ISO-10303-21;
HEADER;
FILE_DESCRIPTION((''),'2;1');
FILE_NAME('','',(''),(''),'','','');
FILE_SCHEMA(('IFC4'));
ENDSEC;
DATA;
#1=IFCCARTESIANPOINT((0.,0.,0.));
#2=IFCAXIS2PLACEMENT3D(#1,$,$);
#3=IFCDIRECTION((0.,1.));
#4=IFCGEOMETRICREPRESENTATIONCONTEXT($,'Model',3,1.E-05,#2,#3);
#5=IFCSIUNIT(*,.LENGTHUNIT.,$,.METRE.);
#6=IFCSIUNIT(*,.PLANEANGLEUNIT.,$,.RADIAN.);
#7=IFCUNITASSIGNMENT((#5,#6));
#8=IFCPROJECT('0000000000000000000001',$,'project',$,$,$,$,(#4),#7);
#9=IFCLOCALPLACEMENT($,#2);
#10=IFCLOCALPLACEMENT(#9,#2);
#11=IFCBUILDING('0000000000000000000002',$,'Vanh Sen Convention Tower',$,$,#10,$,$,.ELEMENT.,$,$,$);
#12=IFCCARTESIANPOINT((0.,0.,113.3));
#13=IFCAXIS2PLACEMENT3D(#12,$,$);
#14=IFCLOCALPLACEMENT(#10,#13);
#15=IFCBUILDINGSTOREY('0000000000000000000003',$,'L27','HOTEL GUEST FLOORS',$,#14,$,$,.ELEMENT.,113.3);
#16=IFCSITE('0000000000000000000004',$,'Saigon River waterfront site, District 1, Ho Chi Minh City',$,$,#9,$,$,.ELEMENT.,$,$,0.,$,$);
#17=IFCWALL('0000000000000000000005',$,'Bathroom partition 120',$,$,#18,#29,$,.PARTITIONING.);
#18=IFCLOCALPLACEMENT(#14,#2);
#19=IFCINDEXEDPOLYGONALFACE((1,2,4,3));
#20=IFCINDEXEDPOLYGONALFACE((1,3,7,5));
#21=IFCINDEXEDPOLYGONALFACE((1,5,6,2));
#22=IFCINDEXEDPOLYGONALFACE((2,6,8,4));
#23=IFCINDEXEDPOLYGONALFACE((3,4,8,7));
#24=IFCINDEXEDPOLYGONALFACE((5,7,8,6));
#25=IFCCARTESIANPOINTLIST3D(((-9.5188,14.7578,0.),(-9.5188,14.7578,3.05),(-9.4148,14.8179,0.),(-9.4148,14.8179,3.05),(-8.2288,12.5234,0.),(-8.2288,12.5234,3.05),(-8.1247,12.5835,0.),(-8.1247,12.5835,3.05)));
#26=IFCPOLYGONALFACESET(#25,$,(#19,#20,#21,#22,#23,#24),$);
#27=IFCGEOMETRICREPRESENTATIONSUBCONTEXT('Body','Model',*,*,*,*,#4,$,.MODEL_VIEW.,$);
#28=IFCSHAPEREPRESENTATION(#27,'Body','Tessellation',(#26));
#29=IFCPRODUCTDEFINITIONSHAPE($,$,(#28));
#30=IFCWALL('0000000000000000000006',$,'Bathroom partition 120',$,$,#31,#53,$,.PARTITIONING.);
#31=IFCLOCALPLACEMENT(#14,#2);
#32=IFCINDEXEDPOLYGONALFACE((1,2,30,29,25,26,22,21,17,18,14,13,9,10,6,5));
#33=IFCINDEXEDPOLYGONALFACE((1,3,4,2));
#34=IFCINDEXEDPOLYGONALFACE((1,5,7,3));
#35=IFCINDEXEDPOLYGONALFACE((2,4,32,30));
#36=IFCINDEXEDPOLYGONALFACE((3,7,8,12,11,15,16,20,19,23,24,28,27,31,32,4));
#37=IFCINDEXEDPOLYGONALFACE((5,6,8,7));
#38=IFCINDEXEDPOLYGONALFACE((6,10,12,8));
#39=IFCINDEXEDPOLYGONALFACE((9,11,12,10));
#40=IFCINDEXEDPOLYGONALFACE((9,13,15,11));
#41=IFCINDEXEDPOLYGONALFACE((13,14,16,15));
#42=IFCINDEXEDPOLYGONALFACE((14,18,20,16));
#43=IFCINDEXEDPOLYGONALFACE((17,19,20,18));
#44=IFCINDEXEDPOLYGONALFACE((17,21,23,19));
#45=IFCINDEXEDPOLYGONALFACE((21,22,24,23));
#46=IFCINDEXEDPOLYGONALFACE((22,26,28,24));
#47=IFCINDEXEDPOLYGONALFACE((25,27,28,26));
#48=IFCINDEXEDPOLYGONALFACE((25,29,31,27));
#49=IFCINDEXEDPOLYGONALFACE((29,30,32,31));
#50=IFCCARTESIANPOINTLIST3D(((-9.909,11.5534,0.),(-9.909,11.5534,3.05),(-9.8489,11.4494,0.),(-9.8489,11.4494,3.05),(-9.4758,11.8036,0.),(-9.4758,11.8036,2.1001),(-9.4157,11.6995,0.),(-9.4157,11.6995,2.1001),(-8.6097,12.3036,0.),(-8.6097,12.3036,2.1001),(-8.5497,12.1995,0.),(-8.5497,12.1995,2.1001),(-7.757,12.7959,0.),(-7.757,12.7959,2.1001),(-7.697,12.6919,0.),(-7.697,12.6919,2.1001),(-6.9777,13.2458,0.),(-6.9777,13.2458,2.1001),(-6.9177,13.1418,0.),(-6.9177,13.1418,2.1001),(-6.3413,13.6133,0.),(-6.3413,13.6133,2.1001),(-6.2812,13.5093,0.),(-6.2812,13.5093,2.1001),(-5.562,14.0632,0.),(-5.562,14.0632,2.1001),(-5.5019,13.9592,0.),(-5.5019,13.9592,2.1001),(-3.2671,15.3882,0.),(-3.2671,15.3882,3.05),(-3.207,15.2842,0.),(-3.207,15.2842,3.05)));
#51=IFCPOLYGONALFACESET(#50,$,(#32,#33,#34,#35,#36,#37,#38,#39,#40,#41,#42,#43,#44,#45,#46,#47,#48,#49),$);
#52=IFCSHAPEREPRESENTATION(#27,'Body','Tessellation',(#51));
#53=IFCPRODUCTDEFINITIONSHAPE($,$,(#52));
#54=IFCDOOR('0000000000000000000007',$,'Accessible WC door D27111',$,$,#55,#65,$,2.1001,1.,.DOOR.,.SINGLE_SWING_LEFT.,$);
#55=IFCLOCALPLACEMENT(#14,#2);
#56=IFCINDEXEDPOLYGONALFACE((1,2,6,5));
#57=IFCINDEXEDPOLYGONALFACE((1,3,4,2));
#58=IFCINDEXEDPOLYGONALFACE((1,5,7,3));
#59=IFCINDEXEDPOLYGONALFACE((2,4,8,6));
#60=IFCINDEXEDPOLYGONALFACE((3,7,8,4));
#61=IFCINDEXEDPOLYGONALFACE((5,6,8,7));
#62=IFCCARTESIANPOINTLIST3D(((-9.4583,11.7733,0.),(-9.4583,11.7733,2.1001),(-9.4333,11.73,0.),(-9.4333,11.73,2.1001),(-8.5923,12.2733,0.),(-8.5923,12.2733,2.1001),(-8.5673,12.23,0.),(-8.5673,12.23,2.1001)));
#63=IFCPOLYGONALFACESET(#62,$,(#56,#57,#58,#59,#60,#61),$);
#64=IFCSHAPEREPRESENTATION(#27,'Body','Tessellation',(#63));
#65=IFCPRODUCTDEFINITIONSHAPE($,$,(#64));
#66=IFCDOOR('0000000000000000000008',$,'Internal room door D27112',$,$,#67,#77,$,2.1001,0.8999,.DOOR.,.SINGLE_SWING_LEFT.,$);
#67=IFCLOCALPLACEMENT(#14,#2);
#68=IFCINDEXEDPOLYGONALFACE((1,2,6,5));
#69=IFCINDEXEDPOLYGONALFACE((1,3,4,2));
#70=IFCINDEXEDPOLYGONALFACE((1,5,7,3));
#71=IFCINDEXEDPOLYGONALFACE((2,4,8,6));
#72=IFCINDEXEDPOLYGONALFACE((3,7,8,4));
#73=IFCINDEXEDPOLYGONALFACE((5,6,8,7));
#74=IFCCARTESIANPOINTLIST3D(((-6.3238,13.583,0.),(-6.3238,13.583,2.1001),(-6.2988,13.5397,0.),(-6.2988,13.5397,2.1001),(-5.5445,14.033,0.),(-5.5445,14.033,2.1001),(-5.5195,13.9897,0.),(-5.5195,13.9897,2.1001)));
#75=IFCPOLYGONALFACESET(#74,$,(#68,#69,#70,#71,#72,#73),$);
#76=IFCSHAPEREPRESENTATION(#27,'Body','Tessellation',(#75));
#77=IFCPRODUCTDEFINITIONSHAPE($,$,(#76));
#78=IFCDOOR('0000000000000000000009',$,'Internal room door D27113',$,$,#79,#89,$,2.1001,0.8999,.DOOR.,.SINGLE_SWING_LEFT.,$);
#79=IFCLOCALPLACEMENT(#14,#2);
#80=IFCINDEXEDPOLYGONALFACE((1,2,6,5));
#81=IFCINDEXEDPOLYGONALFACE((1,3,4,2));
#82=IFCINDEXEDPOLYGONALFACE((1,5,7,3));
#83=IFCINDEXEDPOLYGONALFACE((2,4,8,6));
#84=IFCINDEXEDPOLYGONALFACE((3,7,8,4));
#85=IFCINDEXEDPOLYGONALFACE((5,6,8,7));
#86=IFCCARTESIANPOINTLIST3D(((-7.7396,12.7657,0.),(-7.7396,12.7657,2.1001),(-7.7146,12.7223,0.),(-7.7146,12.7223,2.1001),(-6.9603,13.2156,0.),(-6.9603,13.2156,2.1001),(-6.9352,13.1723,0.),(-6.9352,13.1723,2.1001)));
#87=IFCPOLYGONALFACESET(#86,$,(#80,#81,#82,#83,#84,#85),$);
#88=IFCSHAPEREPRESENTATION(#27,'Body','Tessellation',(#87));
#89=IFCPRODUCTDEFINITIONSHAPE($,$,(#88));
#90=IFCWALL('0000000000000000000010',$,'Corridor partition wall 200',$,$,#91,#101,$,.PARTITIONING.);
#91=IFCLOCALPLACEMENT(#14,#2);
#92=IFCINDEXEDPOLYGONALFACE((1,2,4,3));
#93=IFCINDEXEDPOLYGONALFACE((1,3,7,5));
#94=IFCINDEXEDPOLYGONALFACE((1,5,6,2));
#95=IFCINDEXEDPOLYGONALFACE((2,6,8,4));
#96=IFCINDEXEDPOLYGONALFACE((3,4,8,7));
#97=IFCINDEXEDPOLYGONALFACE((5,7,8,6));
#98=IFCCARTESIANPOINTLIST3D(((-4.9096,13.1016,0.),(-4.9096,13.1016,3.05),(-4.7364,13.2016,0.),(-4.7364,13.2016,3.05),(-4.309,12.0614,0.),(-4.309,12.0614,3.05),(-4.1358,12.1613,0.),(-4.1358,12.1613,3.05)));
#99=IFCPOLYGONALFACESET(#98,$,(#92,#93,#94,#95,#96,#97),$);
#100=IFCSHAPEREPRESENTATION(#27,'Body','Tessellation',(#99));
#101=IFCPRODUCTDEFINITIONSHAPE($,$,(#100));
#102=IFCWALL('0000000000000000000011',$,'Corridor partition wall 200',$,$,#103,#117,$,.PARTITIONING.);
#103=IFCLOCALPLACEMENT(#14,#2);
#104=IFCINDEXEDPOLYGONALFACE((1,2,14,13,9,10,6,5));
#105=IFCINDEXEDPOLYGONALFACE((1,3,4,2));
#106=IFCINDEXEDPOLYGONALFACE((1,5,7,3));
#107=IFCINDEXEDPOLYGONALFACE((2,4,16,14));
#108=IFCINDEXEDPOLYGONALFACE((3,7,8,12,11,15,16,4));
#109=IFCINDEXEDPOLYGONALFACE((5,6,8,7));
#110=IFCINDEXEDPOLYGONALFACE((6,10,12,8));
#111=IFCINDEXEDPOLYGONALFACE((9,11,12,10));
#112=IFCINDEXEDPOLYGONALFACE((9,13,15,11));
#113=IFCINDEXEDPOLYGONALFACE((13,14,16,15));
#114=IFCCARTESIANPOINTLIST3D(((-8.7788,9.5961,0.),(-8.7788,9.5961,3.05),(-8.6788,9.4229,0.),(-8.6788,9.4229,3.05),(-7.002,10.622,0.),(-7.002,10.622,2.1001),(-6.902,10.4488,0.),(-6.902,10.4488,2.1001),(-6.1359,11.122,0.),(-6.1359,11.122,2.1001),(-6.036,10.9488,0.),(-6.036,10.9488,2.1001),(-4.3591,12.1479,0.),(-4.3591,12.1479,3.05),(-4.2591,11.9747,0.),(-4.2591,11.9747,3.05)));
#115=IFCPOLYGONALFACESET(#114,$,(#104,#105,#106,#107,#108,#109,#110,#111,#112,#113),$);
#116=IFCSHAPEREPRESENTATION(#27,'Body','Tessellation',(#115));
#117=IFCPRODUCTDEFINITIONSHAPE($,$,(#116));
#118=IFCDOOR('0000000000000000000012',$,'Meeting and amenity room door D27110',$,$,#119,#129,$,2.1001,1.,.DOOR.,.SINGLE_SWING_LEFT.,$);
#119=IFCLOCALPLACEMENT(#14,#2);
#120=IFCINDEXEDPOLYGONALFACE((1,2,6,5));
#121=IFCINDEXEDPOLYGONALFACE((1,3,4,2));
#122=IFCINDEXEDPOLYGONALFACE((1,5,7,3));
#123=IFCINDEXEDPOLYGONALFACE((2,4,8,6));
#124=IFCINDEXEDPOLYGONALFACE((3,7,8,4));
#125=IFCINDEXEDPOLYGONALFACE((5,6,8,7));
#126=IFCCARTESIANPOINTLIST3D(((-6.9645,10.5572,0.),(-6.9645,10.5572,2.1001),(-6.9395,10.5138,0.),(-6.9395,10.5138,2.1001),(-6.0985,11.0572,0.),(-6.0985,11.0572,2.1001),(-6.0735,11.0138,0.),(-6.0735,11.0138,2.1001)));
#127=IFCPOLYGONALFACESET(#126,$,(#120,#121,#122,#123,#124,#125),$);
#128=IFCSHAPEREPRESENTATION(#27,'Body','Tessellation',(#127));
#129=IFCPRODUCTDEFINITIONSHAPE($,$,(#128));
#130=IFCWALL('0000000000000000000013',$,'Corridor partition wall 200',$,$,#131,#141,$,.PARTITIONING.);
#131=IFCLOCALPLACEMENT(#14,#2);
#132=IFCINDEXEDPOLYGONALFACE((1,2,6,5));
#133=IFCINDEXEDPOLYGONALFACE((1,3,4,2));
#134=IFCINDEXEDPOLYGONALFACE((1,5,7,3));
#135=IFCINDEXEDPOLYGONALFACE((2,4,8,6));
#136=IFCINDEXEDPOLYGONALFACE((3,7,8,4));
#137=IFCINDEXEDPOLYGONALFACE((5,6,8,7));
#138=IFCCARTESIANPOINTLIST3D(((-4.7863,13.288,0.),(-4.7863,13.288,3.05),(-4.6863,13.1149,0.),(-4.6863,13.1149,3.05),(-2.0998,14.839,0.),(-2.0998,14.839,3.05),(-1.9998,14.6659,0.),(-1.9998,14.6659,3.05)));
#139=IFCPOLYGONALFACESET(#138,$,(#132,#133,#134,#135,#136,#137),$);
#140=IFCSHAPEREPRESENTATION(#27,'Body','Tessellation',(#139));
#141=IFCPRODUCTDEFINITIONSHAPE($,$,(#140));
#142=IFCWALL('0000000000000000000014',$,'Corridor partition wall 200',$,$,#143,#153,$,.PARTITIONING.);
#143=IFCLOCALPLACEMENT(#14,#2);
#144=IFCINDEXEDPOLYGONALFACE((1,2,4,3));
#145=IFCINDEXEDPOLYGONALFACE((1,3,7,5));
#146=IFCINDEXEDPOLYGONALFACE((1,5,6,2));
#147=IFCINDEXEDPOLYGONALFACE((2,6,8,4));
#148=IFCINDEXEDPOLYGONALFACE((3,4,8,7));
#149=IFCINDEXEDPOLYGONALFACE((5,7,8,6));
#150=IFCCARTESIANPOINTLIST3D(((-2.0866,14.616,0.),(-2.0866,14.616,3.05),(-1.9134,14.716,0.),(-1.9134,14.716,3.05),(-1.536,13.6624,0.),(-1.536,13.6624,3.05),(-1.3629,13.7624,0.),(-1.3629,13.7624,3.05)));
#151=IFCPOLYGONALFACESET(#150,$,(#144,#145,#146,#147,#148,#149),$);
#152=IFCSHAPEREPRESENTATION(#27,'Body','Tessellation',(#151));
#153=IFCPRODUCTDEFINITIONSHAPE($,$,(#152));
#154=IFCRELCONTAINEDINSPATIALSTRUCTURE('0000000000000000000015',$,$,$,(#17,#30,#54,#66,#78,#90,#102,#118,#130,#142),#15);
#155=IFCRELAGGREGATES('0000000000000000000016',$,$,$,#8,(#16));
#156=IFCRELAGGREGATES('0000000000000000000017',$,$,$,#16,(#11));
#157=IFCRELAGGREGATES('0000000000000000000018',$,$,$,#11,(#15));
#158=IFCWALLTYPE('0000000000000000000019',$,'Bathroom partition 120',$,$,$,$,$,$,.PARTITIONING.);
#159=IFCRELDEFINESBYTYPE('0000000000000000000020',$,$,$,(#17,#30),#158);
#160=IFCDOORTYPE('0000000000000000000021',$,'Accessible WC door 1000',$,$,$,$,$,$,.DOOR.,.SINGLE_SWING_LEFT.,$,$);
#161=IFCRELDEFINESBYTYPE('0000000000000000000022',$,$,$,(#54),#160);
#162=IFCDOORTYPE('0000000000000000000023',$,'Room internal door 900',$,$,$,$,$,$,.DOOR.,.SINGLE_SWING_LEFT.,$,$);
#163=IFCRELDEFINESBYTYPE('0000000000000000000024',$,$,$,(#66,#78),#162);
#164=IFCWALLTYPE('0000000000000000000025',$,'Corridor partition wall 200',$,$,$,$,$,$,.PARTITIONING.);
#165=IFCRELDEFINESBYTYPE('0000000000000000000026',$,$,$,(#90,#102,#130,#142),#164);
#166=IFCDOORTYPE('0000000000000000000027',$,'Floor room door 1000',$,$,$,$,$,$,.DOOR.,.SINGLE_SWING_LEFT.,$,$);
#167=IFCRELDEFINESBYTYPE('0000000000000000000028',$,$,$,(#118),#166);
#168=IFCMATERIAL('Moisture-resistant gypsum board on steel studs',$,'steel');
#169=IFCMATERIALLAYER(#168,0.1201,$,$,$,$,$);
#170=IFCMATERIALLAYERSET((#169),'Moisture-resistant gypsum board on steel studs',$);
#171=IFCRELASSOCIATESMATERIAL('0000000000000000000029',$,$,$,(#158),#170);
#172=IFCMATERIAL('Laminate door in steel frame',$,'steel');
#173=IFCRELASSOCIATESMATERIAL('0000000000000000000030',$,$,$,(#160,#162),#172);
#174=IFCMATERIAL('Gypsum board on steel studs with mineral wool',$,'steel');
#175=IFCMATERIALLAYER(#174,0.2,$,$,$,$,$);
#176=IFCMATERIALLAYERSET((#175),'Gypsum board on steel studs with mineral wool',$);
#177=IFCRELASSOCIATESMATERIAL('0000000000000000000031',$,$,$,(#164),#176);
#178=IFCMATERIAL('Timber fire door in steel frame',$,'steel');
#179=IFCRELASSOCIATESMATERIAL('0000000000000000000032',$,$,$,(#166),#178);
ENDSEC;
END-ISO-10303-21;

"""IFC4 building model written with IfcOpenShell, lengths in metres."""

from ifc_helpers import new_model, si_unit, direction, frame, frame_2d, origin, place, context, subcontext, project, spatial, rectangle, extrude, material, layer, layer_set, type_object, element, fill, save


model = new_model("IFC4")

# Units and contexts
model_context = context("Model", 3, precision=1e-05, world=origin(), true_north=direction((0.0, 1.0)))
body_context = subcontext(model_context, "Body", "Model", "MODEL_VIEW")
ifc_project = project(units=[si_unit("LENGTHUNIT", "METRE"), si_unit("PLANEANGLEUNIT", "RADIAN")], contexts=[model_context])

# Site, building, storey
site_placement = place(None, origin())
site = spatial("IfcSite", under=ifc_project, at=site_placement, Name="Saigon River waterfront site, District 1, Ho Chi Minh City", CompositionType="ELEMENT", RefElevation=0.0)
building_placement = place(site_placement, origin())
building = spatial("IfcBuilding", under=site, at=building_placement, Name="Vanh Sen Convention Tower", CompositionType="ELEMENT")
storey_placement = place(building_placement, frame((0.0, 0.0, 113.3)))
storey = spatial("IfcBuildingStorey", under=building, at=storey_placement, Name="L27", Description="HOTEL GUEST FLOORS", CompositionType="ELEMENT", Elevation=113.3)

# Wall
ifc_material_1 = material(Name="Moisture-resistant gypsum board on steel studs", Category="steel")
ifc_layer_1 = layer(ifc_material_1, 0.1201)
ifc_layer_set_1 = layer_set([ifc_layer_1], Name="Moisture-resistant gypsum board on steel studs")
wall_type_1 = type_object("IfcWallType", Name="Bathroom partition 120", PredefinedType="PARTITIONING", material=ifc_layer_set_1)
wall_1_placement = place(storey_placement, frame((-8.1768, 12.5535, 0.0), z_axis=(0.0, 0.0, 1.0), x_axis=(-0.500006, 0.866022, 0.0)))
element("IfcWall", 1, at=wall_1_placement, inside=storey, type_object=wall_type_1, Name="Bathroom partition 120", PredefinedType="PARTITIONING", context=body_context, shape_type="SweptSolid", body=[
    extrude(rectangle(XDim=2.5801, YDim=0.1201, at=frame_2d((1.29, 0.0))), origin(), (0.0, 0.0, 1.0), 3.05),
])

# Wall, openings, doors
wall_2_placement = place(storey_placement, frame((-3.2371, 15.3362, 0.0), z_axis=(0.0, 0.0, 1.0), x_axis=(-0.866023, -0.500004, 0.0)))
wall_2 = element("IfcWall", 2, at=wall_2_placement, inside=storey, type_object=wall_type_1, Name="Bathroom partition 120", PredefinedType="PARTITIONING", context=body_context, shape_type="SweptSolid", body=[
    extrude(rectangle(XDim=7.6694, YDim=0.1201, at=frame_2d((3.8347, 0.0))), origin(), (0.0, 0.0, 1.0), 3.05),
])
opening_1_placement = place(wall_2_placement, frame((6.1692, 0.0, 0.0)))
opening_1 = element("IfcOpeningElement", 3, at=opening_1_placement, cuts=wall_2, PredefinedType="OPENING", context=body_context, shape_type="SweptSolid", body=[
    extrude(rectangle(XDim=1.0, YDim=2.1001, at=frame_2d((0.5, 1.05))), frame((0.0, 0.0701, 0.0), z_axis=(0.0, -1.0, 0.0), x_axis=(1.0, 0.0, 0.0)), (0.0, 0.0, 1.0), 0.1401),
])
opening_2_placement = place(wall_2_placement, frame((2.6499, 0.0, 0.0)))
opening_2 = element("IfcOpeningElement", 4, at=opening_2_placement, cuts=wall_2, PredefinedType="OPENING", context=body_context, shape_type="SweptSolid", body=[
    extrude(rectangle(XDim=0.8999, YDim=2.1001, at=frame_2d((0.45, 1.05))), frame((0.0, 0.0701, 0.0), z_axis=(0.0, -1.0, 0.0), x_axis=(1.0, 0.0, 0.0)), (0.0, 0.0, 1.0), 0.1401),
])
opening_3_placement = place(wall_2_placement, frame((4.2847, 0.0, 0.0)))
opening_3 = element("IfcOpeningElement", 5, at=opening_3_placement, cuts=wall_2, PredefinedType="OPENING", context=body_context, shape_type="SweptSolid", body=[
    extrude(rectangle(XDim=0.8999, YDim=2.1001, at=frame_2d((0.45, 1.05))), frame((0.0, 0.0701, 0.0), z_axis=(0.0, -1.0, 0.0), x_axis=(1.0, 0.0, 0.0)), (0.0, 0.0, 1.0), 0.1401),
])
ifc_material_2 = material(Name="Laminate door in steel frame", Category="steel")
door_type_1 = type_object("IfcDoorType", Name="Accessible WC door 1000", OperationType="SINGLE_SWING_LEFT", PredefinedType="DOOR", material=ifc_material_2)
door_1_placement = place(opening_1_placement, origin())
door_1 = element("IfcDoor", 6, at=door_1_placement, inside=storey, type_object=door_type_1, Name="Accessible WC door D27111", OperationType="SINGLE_SWING_LEFT", OverallHeight=2.1001, OverallWidth=1.0, PredefinedType="DOOR", context=body_context, shape_type="SweptSolid", body=[
    extrude(rectangle(XDim=1.0, YDim=2.1001, at=frame_2d((0.5, 1.05))), frame((0.0, 0.0249, 0.0), z_axis=(0.0, -1.0, 0.0), x_axis=(1.0, 0.0, 0.0)), (0.0, 0.0, 1.0), 0.05),
])
fill(opening_1, door_1)
door_type_2 = type_object("IfcDoorType", Name="Room internal door 900", OperationType="SINGLE_SWING_LEFT", PredefinedType="DOOR", material=ifc_material_2)
door_2_placement = place(opening_2_placement, origin())
door_2 = element("IfcDoor", 7, at=door_2_placement, inside=storey, type_object=door_type_2, Name="Internal room door D27112", OperationType="SINGLE_SWING_LEFT", OverallHeight=2.1001, OverallWidth=0.8999, PredefinedType="DOOR", context=body_context, shape_type="SweptSolid", body=[
    extrude(rectangle(XDim=0.8999, YDim=2.1001, at=frame_2d((0.45, 1.05))), frame((0.0, 0.0249, 0.0), z_axis=(0.0, -1.0, 0.0), x_axis=(1.0, 0.0, 0.0)), (0.0, 0.0, 1.0), 0.05),
])
fill(opening_2, door_2)
door_3_placement = place(opening_3_placement, origin())
door_3 = element("IfcDoor", 8, at=door_3_placement, inside=storey, type_object=door_type_2, Name="Internal room door D27113", OperationType="SINGLE_SWING_LEFT", OverallHeight=2.1001, OverallWidth=0.8999, PredefinedType="DOOR", context=body_context, shape_type="SweptSolid", body=[
    extrude(rectangle(XDim=0.8999, YDim=2.1001, at=frame_2d((0.45, 1.05))), frame((0.0, 0.0249, 0.0), z_axis=(0.0, -1.0, 0.0), x_axis=(1.0, 0.0, 0.0)), (0.0, 0.0, 1.0), 0.05),
])
fill(opening_3, door_3)

# Wall
ifc_material_3 = material(Name="Gypsum board on steel studs with mineral wool", Category="steel")
ifc_layer_2 = layer(ifc_material_3, 0.2)
ifc_layer_set_2 = layer_set([ifc_layer_2], Name="Gypsum board on steel studs with mineral wool")
wall_type_2 = type_object("IfcWallType", Name="Corridor partition wall 200", PredefinedType="PARTITIONING", material=ifc_layer_set_2)
wall_3_placement = place(storey_placement, frame((-4.823, 13.1516, 0.0), z_axis=(0.0, 0.0, 1.0), x_axis=(0.499986, -0.866033, 0.0)))
element("IfcWall", 9, at=wall_3_placement, inside=storey, type_object=wall_type_2, Name="Corridor partition wall 200", PredefinedType="PARTITIONING", context=body_context, shape_type="SweptSolid", body=[
    extrude(rectangle(XDim=1.2012, YDim=0.2, at=frame_2d((0.6006, 0.0))), origin(), (0.0, 0.0, 1.0), 3.05),
])

# Wall, opening, door
wall_4_placement = place(storey_placement, frame((-4.3091, 12.0613, 0.0), z_axis=(0.0, 0.0, 1.0), x_axis=(-0.866021, -0.500008, 0.0)))
wall_4 = element("IfcWall", 10, at=wall_4_placement, inside=storey, type_object=wall_type_2, Name="Corridor partition wall 200", PredefinedType="PARTITIONING", context=body_context, shape_type="SweptSolid", body=[
    extrude(rectangle(XDim=5.1035, YDim=0.2, at=frame_2d((2.5518, 0.0))), origin(), (0.0, 0.0, 1.0), 3.05),
])
opening_4_placement = place(wall_4_placement, frame((2.0518, 0.0, 0.0)))
opening_4 = element("IfcOpeningElement", 11, at=opening_4_placement, cuts=wall_4, PredefinedType="OPENING", context=body_context, shape_type="SweptSolid", body=[
    extrude(rectangle(XDim=1.0, YDim=2.1001, at=frame_2d((0.5, 1.05))), frame((0.0, 0.1099, 0.0), z_axis=(0.0, -1.0, 0.0), x_axis=(1.0, 0.0, 0.0)), (0.0, 0.0, 1.0), 0.22),
])
ifc_material_4 = material(Name="Timber fire door in steel frame", Category="steel")
door_type_3 = type_object("IfcDoorType", Name="Floor room door 1000", OperationType="SINGLE_SWING_LEFT", PredefinedType="DOOR", material=ifc_material_4)
door_4_placement = place(opening_4_placement, origin())
door_4 = element("IfcDoor", 12, at=door_4_placement, inside=storey, type_object=door_type_3, Name="Meeting and amenity room door D27110", OperationType="SINGLE_SWING_LEFT", OverallHeight=2.1001, OverallWidth=1.0, PredefinedType="DOOR", context=body_context, shape_type="SweptSolid", body=[
    extrude(rectangle(XDim=1.0, YDim=2.1001, at=frame_2d((0.5, 1.05))), frame((0.0, 0.0249, 0.0), z_axis=(0.0, -1.0, 0.0), x_axis=(1.0, 0.0, 0.0)), (0.0, 0.0, 1.0), 0.05),
])
fill(opening_4, door_4)

# Walls
wall_5_placement = place(storey_placement, frame((-2.0498, 14.7524, 0.0), z_axis=(0.0, 0.0, 1.0), x_axis=(-0.866031, -0.49999, 0.0)))
element("IfcWall", 13, at=wall_5_placement, inside=storey, type_object=wall_type_2, Name="Corridor partition wall 200", PredefinedType="PARTITIONING", context=body_context, shape_type="SweptSolid", body=[
    extrude(rectangle(XDim=3.1021, YDim=0.2, at=frame_2d((1.551, 0.0))), origin(), (0.0, 0.0, 1.0), 3.05),
])
wall_6_placement = place(storey_placement, frame((-1.4495, 13.7124, 0.0), z_axis=(0.0, 0.0, 1.0), x_axis=(-0.499978, 0.866038, 0.0)))
element("IfcWall", 14, at=wall_6_placement, inside=storey, type_object=wall_type_2, Name="Corridor partition wall 200", PredefinedType="PARTITIONING", context=body_context, shape_type="SweptSolid", body=[
    extrude(rectangle(XDim=1.1011, YDim=0.2, at=frame_2d((0.5505, 0.0))), origin(), (0.0, 0.0, 1.0), 3.05),
])

save(model, "model.ifc")
